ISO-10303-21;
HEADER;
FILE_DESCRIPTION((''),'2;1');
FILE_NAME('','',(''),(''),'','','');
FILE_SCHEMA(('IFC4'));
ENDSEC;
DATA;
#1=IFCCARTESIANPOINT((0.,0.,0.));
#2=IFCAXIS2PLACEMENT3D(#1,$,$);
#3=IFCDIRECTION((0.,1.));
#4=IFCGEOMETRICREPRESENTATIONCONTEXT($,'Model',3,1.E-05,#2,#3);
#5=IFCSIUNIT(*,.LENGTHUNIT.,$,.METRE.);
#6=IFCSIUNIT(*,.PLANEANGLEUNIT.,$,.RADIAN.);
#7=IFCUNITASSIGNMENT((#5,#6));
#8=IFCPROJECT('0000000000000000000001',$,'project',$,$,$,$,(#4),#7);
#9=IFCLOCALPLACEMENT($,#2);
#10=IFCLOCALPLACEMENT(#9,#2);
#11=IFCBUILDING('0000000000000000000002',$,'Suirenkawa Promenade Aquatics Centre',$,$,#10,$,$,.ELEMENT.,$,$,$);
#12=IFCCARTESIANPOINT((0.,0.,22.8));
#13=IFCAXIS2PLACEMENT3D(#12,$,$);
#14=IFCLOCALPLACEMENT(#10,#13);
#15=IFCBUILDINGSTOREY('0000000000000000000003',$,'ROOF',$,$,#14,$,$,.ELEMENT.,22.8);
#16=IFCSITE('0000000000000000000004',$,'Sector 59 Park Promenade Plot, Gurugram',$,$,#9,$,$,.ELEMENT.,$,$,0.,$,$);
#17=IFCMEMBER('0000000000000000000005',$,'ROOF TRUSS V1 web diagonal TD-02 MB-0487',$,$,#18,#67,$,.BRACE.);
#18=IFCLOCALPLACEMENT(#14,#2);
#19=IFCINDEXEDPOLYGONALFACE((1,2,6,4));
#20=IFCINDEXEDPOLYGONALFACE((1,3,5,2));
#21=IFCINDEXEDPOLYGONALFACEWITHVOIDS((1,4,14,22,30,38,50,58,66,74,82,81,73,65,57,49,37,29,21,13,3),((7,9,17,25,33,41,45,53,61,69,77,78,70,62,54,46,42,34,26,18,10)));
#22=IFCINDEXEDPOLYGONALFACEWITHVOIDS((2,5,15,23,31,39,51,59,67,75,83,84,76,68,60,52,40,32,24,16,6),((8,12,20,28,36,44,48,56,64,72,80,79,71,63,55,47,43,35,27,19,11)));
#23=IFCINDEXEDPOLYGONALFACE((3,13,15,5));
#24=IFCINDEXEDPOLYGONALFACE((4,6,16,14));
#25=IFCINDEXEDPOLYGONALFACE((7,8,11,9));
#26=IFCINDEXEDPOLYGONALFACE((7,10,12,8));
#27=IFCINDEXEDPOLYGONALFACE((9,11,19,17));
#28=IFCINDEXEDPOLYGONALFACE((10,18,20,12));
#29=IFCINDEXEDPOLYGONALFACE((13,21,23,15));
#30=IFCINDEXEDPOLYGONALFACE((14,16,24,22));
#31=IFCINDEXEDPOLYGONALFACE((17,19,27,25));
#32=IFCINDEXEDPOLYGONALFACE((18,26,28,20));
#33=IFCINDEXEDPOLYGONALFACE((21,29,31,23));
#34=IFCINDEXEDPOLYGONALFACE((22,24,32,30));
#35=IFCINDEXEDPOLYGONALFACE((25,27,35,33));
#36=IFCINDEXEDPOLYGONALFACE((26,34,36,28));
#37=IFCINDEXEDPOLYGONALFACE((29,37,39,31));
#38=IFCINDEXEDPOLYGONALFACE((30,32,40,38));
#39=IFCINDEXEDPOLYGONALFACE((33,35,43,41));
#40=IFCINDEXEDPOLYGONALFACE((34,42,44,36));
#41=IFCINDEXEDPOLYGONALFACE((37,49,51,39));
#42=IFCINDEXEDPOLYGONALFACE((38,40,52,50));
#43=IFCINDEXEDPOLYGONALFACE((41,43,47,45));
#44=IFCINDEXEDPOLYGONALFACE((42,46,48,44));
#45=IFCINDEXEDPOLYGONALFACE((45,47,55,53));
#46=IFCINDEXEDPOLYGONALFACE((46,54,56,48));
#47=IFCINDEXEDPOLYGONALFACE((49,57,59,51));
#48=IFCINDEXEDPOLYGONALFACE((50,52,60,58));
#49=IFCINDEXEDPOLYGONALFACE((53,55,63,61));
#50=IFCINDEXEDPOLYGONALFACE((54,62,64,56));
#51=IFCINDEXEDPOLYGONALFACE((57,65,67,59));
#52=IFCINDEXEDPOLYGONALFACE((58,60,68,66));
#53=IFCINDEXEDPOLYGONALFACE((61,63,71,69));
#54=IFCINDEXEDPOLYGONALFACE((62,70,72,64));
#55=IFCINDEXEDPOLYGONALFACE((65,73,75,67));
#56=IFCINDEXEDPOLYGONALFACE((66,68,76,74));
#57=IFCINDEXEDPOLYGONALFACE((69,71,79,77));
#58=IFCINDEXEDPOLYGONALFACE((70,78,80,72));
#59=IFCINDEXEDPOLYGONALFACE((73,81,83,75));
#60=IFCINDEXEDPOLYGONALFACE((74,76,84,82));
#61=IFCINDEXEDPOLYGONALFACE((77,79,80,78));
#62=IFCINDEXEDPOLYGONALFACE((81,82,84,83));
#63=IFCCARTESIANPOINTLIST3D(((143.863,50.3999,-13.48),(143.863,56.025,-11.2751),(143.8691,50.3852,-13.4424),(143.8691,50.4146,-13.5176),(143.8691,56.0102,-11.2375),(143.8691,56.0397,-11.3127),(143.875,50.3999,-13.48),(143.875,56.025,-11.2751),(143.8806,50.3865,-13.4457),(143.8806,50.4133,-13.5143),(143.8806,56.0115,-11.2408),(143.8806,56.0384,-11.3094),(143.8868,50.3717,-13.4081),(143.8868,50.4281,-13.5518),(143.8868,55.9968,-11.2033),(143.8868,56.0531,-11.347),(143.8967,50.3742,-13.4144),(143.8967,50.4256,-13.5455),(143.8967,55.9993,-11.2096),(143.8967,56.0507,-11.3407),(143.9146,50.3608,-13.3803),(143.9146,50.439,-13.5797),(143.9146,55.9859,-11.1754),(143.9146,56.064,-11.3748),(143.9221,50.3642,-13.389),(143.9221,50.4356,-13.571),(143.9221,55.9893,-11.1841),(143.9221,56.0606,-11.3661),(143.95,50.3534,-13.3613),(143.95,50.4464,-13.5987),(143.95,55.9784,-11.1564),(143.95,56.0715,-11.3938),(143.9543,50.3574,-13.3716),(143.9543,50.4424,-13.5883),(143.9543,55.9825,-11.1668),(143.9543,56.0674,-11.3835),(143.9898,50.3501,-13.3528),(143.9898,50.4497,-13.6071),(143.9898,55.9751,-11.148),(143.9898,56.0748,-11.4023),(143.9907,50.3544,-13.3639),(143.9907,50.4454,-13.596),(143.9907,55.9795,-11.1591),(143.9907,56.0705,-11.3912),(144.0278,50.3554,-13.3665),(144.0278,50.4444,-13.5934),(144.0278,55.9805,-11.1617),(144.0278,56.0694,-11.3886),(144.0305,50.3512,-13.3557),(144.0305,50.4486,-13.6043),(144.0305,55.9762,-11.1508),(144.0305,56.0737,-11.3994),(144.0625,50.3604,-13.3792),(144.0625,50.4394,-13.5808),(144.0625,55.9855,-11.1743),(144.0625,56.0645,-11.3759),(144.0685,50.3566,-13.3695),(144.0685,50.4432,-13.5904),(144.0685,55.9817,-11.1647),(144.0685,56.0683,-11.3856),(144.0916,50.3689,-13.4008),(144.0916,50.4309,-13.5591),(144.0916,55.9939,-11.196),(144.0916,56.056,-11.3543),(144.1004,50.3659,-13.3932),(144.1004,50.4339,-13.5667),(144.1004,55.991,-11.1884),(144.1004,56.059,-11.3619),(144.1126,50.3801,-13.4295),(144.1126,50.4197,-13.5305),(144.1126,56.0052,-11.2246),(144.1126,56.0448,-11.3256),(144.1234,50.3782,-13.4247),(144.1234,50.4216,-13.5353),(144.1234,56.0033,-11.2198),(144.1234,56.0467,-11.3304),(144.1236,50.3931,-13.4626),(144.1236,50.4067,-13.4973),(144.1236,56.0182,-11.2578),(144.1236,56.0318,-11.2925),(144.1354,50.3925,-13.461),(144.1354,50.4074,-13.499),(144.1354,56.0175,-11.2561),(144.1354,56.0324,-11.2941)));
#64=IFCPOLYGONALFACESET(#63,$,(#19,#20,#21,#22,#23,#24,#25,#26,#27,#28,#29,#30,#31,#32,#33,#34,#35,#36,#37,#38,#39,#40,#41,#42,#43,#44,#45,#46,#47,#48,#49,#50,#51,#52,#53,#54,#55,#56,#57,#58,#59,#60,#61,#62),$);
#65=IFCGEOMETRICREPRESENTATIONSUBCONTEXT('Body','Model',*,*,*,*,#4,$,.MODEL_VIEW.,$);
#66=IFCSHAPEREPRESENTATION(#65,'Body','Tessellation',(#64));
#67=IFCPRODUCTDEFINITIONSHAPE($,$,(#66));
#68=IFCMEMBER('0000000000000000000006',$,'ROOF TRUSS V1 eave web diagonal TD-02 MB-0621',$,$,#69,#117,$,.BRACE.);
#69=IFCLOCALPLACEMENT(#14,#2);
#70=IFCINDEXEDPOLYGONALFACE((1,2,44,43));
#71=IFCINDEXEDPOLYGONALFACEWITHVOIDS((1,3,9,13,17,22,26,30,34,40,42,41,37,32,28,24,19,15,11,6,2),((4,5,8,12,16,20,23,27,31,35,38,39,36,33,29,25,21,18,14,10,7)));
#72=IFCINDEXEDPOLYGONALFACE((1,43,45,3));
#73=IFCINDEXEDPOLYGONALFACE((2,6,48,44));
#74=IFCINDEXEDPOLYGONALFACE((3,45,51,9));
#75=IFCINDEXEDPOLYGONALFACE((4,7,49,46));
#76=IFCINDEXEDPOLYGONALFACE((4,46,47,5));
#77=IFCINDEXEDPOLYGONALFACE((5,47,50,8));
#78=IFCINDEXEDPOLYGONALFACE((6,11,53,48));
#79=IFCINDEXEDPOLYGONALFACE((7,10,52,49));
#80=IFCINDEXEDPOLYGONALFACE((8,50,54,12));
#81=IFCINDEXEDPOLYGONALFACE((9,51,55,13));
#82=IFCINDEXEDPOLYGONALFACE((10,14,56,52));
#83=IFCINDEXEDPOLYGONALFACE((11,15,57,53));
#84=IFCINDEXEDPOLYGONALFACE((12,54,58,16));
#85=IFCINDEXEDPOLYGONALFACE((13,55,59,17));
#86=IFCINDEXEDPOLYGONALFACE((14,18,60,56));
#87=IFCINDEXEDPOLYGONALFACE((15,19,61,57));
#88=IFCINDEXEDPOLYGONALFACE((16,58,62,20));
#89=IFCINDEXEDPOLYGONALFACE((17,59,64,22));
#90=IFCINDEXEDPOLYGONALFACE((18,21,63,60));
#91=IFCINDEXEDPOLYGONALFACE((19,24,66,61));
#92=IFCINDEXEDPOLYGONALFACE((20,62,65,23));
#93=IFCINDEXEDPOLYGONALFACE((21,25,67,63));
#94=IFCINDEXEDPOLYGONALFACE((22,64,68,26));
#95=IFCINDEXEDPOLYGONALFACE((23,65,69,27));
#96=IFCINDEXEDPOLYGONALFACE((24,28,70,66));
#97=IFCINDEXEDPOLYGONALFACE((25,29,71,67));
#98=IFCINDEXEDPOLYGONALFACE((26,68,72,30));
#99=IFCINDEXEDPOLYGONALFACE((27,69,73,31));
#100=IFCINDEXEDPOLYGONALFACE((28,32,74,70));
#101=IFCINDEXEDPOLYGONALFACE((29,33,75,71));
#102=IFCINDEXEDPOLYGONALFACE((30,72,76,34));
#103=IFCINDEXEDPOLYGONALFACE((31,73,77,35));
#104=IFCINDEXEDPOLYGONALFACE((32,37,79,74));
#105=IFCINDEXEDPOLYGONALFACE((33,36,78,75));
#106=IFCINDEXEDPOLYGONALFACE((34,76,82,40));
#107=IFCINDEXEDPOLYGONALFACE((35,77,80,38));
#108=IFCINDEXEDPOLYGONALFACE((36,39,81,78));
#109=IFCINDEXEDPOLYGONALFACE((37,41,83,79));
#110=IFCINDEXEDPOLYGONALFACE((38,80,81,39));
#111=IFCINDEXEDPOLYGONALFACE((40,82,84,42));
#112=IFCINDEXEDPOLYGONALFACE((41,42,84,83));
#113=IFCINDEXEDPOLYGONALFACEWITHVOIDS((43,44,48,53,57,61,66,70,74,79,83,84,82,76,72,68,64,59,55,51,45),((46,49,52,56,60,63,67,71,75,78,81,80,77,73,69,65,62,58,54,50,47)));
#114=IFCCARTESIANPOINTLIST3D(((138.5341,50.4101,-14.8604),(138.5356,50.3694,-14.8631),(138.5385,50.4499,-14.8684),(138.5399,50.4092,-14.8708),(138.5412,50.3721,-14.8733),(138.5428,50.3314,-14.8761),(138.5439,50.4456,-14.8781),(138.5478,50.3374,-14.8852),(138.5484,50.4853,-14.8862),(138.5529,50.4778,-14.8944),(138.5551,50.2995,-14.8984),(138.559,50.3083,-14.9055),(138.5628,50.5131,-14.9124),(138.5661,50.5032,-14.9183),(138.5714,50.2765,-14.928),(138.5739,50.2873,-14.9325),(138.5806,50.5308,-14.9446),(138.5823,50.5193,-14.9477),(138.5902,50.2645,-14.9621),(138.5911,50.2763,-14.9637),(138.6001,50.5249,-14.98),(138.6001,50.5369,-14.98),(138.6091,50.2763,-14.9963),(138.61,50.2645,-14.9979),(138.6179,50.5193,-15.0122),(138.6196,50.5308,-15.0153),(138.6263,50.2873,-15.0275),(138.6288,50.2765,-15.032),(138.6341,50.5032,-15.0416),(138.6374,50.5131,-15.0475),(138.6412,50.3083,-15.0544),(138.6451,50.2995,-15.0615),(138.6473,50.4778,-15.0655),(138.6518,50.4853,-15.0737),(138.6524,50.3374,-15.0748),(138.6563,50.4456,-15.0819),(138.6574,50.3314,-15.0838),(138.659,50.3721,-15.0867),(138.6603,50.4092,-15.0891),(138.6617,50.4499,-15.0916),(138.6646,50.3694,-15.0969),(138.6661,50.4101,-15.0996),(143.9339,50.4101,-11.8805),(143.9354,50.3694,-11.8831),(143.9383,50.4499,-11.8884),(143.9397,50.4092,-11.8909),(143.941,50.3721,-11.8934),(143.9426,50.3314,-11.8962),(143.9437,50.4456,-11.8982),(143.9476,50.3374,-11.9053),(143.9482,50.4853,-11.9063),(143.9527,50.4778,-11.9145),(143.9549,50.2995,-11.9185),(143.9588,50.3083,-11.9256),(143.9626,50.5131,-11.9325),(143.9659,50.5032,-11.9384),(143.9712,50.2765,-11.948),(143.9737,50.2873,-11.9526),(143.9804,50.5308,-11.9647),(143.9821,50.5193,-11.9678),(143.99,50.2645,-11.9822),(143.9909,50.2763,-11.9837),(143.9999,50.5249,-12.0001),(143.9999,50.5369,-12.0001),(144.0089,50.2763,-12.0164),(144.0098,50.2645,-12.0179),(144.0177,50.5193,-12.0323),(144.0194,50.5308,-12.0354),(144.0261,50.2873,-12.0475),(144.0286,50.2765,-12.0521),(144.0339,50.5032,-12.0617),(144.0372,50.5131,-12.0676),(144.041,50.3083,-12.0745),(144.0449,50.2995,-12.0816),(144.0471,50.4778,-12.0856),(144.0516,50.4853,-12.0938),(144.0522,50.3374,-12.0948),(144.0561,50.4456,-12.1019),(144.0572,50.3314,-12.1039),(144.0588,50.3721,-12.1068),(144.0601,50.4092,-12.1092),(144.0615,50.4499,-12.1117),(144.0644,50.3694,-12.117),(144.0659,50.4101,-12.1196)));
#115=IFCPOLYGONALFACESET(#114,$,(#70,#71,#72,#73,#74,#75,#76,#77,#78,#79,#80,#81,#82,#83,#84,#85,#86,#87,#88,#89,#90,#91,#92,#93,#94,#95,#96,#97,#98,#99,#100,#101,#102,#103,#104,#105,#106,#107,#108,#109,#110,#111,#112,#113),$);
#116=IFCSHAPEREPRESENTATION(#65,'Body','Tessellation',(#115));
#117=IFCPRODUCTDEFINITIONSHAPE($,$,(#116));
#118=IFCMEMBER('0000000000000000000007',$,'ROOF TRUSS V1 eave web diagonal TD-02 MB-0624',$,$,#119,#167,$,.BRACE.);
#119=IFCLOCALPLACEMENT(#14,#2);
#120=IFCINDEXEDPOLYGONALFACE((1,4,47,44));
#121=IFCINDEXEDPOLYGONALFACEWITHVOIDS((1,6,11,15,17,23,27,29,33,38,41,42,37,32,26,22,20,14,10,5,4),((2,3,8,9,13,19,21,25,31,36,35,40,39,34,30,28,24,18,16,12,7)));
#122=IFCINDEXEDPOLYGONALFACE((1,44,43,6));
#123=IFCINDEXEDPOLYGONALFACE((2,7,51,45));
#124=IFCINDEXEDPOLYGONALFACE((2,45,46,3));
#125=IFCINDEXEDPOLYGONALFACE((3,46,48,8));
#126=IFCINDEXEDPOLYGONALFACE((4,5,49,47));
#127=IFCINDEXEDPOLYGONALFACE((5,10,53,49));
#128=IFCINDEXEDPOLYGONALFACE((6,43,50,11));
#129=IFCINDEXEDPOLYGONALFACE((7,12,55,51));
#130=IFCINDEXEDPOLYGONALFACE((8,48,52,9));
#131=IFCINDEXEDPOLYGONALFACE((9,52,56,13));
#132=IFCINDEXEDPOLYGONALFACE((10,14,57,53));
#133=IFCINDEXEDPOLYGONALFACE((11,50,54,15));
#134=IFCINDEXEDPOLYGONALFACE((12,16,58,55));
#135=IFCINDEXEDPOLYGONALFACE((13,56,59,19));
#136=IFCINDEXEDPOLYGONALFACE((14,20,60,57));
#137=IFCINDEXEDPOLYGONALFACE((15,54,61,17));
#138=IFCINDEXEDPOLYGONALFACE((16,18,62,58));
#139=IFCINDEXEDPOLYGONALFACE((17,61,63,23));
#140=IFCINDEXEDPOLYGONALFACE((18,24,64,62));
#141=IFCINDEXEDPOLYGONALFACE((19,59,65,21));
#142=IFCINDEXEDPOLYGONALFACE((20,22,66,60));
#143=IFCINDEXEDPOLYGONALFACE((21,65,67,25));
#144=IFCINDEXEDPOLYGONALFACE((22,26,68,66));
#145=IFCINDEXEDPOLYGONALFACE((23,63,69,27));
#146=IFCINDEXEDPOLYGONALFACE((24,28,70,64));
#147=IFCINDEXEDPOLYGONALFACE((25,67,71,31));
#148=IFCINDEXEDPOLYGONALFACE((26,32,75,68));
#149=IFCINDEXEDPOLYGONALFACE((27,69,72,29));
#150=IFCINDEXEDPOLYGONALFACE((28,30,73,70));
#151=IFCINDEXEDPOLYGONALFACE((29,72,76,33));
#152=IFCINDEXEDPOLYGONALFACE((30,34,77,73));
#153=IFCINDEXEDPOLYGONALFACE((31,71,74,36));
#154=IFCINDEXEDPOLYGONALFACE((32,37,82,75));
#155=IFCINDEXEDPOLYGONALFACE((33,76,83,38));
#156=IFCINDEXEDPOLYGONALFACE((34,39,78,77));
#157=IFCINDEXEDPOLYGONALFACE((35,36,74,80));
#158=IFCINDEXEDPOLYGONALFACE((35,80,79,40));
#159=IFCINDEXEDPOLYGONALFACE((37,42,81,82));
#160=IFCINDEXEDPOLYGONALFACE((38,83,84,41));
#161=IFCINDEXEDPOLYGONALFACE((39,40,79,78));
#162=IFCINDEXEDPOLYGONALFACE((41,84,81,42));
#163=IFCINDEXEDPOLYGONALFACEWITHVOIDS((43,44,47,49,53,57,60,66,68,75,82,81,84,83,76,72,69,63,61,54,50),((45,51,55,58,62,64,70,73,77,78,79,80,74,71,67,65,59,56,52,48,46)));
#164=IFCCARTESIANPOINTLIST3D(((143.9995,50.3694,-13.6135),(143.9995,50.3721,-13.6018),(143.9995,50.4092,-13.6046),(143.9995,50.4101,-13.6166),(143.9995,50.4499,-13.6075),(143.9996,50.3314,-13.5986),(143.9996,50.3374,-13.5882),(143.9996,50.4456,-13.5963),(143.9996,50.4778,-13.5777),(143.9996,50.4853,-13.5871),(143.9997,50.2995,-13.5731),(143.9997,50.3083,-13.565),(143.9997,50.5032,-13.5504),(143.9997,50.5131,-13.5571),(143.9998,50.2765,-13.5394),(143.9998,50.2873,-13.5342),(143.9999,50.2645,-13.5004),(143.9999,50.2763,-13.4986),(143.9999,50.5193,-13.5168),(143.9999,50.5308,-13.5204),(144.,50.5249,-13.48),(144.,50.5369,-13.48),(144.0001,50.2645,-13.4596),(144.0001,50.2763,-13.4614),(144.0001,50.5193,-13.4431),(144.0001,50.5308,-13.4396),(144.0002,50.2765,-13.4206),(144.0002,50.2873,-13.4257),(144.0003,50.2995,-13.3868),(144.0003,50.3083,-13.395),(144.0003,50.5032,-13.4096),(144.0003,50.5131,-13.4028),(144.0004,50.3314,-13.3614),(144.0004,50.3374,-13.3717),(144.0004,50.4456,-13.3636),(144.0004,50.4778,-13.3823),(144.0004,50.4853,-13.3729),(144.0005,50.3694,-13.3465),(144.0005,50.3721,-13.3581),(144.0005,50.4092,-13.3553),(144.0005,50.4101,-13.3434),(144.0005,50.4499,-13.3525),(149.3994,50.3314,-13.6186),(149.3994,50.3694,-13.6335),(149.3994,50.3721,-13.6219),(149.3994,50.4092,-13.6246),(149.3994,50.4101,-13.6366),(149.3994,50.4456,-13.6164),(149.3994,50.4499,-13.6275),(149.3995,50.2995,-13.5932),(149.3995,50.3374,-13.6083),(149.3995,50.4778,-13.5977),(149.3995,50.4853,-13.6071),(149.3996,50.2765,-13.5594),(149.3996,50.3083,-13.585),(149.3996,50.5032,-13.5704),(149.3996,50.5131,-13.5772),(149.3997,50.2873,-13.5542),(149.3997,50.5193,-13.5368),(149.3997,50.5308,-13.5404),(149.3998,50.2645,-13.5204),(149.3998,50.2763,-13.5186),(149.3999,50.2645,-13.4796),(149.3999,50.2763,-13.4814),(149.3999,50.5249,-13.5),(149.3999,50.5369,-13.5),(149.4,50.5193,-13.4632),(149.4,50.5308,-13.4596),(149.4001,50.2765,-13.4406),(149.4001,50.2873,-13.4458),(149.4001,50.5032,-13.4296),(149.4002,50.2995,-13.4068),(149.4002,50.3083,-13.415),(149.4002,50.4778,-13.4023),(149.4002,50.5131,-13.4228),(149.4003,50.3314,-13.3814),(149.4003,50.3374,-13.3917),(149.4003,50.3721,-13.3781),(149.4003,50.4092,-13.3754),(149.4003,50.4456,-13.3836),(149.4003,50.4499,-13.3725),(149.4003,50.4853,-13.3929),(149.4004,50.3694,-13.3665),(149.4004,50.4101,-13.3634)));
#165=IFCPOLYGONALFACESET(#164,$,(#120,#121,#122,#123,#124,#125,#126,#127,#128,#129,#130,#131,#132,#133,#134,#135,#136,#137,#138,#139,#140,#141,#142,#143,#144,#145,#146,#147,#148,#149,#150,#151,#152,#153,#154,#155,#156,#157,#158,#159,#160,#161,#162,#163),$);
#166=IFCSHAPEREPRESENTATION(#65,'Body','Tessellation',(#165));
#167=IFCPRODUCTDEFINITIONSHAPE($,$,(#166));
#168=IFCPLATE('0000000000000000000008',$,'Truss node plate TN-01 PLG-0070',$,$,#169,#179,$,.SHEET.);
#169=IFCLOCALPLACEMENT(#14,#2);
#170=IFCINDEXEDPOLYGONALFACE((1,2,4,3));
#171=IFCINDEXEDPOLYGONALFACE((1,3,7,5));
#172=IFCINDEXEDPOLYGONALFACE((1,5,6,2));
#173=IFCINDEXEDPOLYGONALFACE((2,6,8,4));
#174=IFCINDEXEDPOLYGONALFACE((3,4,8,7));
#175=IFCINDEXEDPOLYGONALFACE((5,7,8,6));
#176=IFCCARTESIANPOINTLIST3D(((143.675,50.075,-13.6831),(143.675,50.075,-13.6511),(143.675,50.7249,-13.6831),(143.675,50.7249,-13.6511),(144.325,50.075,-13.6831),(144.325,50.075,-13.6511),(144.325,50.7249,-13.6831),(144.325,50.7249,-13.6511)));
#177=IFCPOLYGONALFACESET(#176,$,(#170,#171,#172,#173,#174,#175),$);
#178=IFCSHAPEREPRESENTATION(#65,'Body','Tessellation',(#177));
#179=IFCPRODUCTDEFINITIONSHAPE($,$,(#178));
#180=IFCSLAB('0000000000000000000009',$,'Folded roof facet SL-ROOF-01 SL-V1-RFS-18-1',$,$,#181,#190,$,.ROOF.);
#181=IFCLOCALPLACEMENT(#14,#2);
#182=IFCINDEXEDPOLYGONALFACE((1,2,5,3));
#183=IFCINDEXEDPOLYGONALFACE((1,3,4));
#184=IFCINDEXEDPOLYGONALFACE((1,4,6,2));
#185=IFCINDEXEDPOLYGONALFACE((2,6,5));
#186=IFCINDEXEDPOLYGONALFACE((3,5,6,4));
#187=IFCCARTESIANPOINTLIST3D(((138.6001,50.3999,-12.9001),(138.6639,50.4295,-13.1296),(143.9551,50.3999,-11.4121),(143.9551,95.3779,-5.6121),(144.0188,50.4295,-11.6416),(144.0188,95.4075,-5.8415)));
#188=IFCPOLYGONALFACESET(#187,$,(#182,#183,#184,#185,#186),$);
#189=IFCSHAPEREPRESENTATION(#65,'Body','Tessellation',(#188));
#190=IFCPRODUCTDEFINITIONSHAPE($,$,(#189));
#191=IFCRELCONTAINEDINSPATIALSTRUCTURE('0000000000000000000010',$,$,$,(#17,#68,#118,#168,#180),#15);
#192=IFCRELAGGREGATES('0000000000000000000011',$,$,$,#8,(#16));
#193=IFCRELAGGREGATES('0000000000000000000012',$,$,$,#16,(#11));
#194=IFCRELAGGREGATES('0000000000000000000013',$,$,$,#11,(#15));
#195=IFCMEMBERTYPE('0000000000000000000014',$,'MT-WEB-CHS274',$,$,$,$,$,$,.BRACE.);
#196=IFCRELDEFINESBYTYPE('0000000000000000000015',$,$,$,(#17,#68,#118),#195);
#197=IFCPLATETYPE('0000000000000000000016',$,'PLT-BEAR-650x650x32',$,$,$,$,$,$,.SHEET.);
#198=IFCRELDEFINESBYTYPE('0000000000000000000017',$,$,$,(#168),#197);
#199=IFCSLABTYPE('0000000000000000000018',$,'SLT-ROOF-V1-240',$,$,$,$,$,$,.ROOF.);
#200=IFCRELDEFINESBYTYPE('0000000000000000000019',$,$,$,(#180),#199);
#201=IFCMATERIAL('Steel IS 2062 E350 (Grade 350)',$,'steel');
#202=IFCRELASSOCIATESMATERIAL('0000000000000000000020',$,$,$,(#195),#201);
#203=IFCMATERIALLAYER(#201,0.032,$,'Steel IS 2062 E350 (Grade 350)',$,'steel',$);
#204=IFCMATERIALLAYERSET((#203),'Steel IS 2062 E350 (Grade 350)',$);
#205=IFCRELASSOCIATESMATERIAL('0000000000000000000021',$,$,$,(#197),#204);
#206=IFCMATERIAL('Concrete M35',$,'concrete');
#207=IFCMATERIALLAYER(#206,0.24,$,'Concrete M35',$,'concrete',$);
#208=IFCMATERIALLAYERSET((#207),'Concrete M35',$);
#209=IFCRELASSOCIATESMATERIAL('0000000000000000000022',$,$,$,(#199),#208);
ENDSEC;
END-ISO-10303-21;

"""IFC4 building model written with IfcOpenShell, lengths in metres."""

from ifc_helpers import new_model, si_unit, direction, frame, origin, origin_2d, place, context, subcontext, project, spatial, polyline, rectangle, hollow_circle, outline, extrude, material, layer, layer_set, material_profile, profile_set, type_object, element, save


model = new_model("IFC4")

# Units and contexts
model_context = context("Model", 3, precision=1e-05, world=origin(), true_north=direction((0.0, 1.0)))
body_context = subcontext(model_context, "Body", "Model", "MODEL_VIEW")
ifc_project = project(units=[si_unit("LENGTHUNIT", "METRE"), si_unit("PLANEANGLEUNIT", "RADIAN")], contexts=[model_context])

# Site, building, storey
site_placement = place(None, origin())
site = spatial("IfcSite", under=ifc_project, at=site_placement, Name="Sector 59 Park Promenade Plot, Gurugram", CompositionType="ELEMENT", RefElevation=0.0)
building_placement = place(site_placement, origin())
building = spatial("IfcBuilding", under=site, at=building_placement, Name="Suirenkawa Promenade Aquatics Centre", CompositionType="ELEMENT")
storey_placement = place(building_placement, frame((0.0, 0.0, 22.8)))
storey = spatial("IfcBuildingStorey", under=building, at=storey_placement, Name="ROOF", CompositionType="ELEMENT", Elevation=22.8)

# Shared definitions
ifc_material_1 = material(Name="Steel IS 2062 E350 (Grade 350)", Category="steel")

# Members
ifc_material_profile_1 = material_profile(ifc_material_1, hollow_circle(Radius=0.137, WallThickness=0.012, at=origin_2d()), Name="CHS 274x12", Category="steel")
ifc_profile_set_1 = profile_set([ifc_material_profile_1], Name="Steel IS 2062 E350 (Grade 350)")
member_type_1 = type_object("IfcMemberType", Name="MT-WEB-CHS274", PredefinedType="BRACE", material=ifc_profile_set_1)
for number, where, z_axis, x_axis, name in (
    (1, (144.0, 50.3999, -13.48), (0.0, 0.931032, 0.364937), (-1.0, 0.0, 0.0), "ROOF TRUSS V1 web diagonal TD-02 MB-0487"),
):
    element("IfcMember", number, at=place(storey_placement, frame(where, z_axis=z_axis, x_axis=x_axis)), inside=storey, type_object=member_type_1, Name=name, PredefinedType="BRACE", context=body_context, shape_type="SweptSolid", body=[
        extrude(hollow_circle(Radius=0.137, WallThickness=0.012, at=origin_2d()), origin(), (0.0, 0.0, 1.0), 6.0417),
    ])
member_1_placement = place(storey_placement, frame((138.6001, 50.3999, -14.98), z_axis=(0.875528, 0.0, 0.483167), x_axis=(0.0, 1.0, 0.0)))
element("IfcMember", 2, at=member_1_placement, inside=storey, type_object=member_type_1, Name="ROOF TRUSS V1 eave web diagonal TD-02 MB-0621", PredefinedType="BRACE", context=body_context, shape_type="SweptSolid", body=[
    extrude(hollow_circle(Radius=0.137, WallThickness=0.012, at=origin_2d()), origin(), (0.0, 0.0, 1.0), 6.1675),
])
member_2_placement = place(storey_placement, frame((144.0, 50.3999, -13.48), z_axis=(0.999993, 0.0, -0.003707), x_axis=(0.0, 1.0, 0.0)))
element("IfcMember", 3, at=member_2_placement, inside=storey, type_object=member_type_1, Name="ROOF TRUSS V1 eave web diagonal TD-02 MB-0624", PredefinedType="BRACE", context=body_context, shape_type="SweptSolid", body=[
    extrude(hollow_circle(Radius=0.137, WallThickness=0.012, at=origin_2d()), origin(), (0.0, 0.0, 1.0), 5.3999),
])

# Plate
ifc_layer_1 = layer(ifc_material_1, 0.032, Name="Steel IS 2062 E350 (Grade 350)", Category="steel")
ifc_layer_set_1 = layer_set([ifc_layer_1], Name="Steel IS 2062 E350 (Grade 350)")
plate_type = type_object("IfcPlateType", Name="PLT-BEAR-650x650x32", PredefinedType="SHEET", material=ifc_layer_set_1)
plate_placement = place(storey_placement, frame((144.0, 50.3999, -13.6831), z_axis=(0.0, 0.0, 1.0), x_axis=(1.0, 0.0, 0.0)))
element("IfcPlate", 4, at=plate_placement, inside=storey, type_object=plate_type, Name="Truss node plate TN-01 PLG-0070", PredefinedType="SHEET", context=body_context, shape_type="SweptSolid", body=[
    extrude(rectangle(XDim=0.6499, YDim=0.6499, at=origin_2d()), origin(), (0.0, 0.0, 1.0), 0.032),
])

# Slab
ifc_material_2 = material(Name="Concrete M35", Category="concrete")
ifc_layer_2 = layer(ifc_material_2, 0.24, Name="Concrete M35", Category="concrete")
ifc_layer_set_2 = layer_set([ifc_layer_2], Name="Concrete M35")
slab_type = type_object("IfcSlabType", Name="SLT-ROOF-V1-240", PredefinedType="ROOF", material=ifc_layer_set_2)
slab_1_placement = place(storey_placement, frame((138.6001, 50.3999, -12.9001), z_axis=(-0.265692, -0.123297, 0.956141), x_axis=(0.963493, 0.0, 0.267734)))
element("IfcSlab", 5, at=slab_1_placement, inside=storey, type_object=slab_type, Name="Folded roof facet SL-ROOF-01 SL-V1-RFS-18-1", PredefinedType="ROOF", context=body_context, shape_type="SweptSolid", body=[
    extrude(outline(polyline([(0.0, 0.0), (5.5579, 0.0), (7.1108, 45.3239), (0.0, 0.0)])), origin(), (0.0, 0.0, -1.0), 0.24),
])

save(model, "model.ifc")
